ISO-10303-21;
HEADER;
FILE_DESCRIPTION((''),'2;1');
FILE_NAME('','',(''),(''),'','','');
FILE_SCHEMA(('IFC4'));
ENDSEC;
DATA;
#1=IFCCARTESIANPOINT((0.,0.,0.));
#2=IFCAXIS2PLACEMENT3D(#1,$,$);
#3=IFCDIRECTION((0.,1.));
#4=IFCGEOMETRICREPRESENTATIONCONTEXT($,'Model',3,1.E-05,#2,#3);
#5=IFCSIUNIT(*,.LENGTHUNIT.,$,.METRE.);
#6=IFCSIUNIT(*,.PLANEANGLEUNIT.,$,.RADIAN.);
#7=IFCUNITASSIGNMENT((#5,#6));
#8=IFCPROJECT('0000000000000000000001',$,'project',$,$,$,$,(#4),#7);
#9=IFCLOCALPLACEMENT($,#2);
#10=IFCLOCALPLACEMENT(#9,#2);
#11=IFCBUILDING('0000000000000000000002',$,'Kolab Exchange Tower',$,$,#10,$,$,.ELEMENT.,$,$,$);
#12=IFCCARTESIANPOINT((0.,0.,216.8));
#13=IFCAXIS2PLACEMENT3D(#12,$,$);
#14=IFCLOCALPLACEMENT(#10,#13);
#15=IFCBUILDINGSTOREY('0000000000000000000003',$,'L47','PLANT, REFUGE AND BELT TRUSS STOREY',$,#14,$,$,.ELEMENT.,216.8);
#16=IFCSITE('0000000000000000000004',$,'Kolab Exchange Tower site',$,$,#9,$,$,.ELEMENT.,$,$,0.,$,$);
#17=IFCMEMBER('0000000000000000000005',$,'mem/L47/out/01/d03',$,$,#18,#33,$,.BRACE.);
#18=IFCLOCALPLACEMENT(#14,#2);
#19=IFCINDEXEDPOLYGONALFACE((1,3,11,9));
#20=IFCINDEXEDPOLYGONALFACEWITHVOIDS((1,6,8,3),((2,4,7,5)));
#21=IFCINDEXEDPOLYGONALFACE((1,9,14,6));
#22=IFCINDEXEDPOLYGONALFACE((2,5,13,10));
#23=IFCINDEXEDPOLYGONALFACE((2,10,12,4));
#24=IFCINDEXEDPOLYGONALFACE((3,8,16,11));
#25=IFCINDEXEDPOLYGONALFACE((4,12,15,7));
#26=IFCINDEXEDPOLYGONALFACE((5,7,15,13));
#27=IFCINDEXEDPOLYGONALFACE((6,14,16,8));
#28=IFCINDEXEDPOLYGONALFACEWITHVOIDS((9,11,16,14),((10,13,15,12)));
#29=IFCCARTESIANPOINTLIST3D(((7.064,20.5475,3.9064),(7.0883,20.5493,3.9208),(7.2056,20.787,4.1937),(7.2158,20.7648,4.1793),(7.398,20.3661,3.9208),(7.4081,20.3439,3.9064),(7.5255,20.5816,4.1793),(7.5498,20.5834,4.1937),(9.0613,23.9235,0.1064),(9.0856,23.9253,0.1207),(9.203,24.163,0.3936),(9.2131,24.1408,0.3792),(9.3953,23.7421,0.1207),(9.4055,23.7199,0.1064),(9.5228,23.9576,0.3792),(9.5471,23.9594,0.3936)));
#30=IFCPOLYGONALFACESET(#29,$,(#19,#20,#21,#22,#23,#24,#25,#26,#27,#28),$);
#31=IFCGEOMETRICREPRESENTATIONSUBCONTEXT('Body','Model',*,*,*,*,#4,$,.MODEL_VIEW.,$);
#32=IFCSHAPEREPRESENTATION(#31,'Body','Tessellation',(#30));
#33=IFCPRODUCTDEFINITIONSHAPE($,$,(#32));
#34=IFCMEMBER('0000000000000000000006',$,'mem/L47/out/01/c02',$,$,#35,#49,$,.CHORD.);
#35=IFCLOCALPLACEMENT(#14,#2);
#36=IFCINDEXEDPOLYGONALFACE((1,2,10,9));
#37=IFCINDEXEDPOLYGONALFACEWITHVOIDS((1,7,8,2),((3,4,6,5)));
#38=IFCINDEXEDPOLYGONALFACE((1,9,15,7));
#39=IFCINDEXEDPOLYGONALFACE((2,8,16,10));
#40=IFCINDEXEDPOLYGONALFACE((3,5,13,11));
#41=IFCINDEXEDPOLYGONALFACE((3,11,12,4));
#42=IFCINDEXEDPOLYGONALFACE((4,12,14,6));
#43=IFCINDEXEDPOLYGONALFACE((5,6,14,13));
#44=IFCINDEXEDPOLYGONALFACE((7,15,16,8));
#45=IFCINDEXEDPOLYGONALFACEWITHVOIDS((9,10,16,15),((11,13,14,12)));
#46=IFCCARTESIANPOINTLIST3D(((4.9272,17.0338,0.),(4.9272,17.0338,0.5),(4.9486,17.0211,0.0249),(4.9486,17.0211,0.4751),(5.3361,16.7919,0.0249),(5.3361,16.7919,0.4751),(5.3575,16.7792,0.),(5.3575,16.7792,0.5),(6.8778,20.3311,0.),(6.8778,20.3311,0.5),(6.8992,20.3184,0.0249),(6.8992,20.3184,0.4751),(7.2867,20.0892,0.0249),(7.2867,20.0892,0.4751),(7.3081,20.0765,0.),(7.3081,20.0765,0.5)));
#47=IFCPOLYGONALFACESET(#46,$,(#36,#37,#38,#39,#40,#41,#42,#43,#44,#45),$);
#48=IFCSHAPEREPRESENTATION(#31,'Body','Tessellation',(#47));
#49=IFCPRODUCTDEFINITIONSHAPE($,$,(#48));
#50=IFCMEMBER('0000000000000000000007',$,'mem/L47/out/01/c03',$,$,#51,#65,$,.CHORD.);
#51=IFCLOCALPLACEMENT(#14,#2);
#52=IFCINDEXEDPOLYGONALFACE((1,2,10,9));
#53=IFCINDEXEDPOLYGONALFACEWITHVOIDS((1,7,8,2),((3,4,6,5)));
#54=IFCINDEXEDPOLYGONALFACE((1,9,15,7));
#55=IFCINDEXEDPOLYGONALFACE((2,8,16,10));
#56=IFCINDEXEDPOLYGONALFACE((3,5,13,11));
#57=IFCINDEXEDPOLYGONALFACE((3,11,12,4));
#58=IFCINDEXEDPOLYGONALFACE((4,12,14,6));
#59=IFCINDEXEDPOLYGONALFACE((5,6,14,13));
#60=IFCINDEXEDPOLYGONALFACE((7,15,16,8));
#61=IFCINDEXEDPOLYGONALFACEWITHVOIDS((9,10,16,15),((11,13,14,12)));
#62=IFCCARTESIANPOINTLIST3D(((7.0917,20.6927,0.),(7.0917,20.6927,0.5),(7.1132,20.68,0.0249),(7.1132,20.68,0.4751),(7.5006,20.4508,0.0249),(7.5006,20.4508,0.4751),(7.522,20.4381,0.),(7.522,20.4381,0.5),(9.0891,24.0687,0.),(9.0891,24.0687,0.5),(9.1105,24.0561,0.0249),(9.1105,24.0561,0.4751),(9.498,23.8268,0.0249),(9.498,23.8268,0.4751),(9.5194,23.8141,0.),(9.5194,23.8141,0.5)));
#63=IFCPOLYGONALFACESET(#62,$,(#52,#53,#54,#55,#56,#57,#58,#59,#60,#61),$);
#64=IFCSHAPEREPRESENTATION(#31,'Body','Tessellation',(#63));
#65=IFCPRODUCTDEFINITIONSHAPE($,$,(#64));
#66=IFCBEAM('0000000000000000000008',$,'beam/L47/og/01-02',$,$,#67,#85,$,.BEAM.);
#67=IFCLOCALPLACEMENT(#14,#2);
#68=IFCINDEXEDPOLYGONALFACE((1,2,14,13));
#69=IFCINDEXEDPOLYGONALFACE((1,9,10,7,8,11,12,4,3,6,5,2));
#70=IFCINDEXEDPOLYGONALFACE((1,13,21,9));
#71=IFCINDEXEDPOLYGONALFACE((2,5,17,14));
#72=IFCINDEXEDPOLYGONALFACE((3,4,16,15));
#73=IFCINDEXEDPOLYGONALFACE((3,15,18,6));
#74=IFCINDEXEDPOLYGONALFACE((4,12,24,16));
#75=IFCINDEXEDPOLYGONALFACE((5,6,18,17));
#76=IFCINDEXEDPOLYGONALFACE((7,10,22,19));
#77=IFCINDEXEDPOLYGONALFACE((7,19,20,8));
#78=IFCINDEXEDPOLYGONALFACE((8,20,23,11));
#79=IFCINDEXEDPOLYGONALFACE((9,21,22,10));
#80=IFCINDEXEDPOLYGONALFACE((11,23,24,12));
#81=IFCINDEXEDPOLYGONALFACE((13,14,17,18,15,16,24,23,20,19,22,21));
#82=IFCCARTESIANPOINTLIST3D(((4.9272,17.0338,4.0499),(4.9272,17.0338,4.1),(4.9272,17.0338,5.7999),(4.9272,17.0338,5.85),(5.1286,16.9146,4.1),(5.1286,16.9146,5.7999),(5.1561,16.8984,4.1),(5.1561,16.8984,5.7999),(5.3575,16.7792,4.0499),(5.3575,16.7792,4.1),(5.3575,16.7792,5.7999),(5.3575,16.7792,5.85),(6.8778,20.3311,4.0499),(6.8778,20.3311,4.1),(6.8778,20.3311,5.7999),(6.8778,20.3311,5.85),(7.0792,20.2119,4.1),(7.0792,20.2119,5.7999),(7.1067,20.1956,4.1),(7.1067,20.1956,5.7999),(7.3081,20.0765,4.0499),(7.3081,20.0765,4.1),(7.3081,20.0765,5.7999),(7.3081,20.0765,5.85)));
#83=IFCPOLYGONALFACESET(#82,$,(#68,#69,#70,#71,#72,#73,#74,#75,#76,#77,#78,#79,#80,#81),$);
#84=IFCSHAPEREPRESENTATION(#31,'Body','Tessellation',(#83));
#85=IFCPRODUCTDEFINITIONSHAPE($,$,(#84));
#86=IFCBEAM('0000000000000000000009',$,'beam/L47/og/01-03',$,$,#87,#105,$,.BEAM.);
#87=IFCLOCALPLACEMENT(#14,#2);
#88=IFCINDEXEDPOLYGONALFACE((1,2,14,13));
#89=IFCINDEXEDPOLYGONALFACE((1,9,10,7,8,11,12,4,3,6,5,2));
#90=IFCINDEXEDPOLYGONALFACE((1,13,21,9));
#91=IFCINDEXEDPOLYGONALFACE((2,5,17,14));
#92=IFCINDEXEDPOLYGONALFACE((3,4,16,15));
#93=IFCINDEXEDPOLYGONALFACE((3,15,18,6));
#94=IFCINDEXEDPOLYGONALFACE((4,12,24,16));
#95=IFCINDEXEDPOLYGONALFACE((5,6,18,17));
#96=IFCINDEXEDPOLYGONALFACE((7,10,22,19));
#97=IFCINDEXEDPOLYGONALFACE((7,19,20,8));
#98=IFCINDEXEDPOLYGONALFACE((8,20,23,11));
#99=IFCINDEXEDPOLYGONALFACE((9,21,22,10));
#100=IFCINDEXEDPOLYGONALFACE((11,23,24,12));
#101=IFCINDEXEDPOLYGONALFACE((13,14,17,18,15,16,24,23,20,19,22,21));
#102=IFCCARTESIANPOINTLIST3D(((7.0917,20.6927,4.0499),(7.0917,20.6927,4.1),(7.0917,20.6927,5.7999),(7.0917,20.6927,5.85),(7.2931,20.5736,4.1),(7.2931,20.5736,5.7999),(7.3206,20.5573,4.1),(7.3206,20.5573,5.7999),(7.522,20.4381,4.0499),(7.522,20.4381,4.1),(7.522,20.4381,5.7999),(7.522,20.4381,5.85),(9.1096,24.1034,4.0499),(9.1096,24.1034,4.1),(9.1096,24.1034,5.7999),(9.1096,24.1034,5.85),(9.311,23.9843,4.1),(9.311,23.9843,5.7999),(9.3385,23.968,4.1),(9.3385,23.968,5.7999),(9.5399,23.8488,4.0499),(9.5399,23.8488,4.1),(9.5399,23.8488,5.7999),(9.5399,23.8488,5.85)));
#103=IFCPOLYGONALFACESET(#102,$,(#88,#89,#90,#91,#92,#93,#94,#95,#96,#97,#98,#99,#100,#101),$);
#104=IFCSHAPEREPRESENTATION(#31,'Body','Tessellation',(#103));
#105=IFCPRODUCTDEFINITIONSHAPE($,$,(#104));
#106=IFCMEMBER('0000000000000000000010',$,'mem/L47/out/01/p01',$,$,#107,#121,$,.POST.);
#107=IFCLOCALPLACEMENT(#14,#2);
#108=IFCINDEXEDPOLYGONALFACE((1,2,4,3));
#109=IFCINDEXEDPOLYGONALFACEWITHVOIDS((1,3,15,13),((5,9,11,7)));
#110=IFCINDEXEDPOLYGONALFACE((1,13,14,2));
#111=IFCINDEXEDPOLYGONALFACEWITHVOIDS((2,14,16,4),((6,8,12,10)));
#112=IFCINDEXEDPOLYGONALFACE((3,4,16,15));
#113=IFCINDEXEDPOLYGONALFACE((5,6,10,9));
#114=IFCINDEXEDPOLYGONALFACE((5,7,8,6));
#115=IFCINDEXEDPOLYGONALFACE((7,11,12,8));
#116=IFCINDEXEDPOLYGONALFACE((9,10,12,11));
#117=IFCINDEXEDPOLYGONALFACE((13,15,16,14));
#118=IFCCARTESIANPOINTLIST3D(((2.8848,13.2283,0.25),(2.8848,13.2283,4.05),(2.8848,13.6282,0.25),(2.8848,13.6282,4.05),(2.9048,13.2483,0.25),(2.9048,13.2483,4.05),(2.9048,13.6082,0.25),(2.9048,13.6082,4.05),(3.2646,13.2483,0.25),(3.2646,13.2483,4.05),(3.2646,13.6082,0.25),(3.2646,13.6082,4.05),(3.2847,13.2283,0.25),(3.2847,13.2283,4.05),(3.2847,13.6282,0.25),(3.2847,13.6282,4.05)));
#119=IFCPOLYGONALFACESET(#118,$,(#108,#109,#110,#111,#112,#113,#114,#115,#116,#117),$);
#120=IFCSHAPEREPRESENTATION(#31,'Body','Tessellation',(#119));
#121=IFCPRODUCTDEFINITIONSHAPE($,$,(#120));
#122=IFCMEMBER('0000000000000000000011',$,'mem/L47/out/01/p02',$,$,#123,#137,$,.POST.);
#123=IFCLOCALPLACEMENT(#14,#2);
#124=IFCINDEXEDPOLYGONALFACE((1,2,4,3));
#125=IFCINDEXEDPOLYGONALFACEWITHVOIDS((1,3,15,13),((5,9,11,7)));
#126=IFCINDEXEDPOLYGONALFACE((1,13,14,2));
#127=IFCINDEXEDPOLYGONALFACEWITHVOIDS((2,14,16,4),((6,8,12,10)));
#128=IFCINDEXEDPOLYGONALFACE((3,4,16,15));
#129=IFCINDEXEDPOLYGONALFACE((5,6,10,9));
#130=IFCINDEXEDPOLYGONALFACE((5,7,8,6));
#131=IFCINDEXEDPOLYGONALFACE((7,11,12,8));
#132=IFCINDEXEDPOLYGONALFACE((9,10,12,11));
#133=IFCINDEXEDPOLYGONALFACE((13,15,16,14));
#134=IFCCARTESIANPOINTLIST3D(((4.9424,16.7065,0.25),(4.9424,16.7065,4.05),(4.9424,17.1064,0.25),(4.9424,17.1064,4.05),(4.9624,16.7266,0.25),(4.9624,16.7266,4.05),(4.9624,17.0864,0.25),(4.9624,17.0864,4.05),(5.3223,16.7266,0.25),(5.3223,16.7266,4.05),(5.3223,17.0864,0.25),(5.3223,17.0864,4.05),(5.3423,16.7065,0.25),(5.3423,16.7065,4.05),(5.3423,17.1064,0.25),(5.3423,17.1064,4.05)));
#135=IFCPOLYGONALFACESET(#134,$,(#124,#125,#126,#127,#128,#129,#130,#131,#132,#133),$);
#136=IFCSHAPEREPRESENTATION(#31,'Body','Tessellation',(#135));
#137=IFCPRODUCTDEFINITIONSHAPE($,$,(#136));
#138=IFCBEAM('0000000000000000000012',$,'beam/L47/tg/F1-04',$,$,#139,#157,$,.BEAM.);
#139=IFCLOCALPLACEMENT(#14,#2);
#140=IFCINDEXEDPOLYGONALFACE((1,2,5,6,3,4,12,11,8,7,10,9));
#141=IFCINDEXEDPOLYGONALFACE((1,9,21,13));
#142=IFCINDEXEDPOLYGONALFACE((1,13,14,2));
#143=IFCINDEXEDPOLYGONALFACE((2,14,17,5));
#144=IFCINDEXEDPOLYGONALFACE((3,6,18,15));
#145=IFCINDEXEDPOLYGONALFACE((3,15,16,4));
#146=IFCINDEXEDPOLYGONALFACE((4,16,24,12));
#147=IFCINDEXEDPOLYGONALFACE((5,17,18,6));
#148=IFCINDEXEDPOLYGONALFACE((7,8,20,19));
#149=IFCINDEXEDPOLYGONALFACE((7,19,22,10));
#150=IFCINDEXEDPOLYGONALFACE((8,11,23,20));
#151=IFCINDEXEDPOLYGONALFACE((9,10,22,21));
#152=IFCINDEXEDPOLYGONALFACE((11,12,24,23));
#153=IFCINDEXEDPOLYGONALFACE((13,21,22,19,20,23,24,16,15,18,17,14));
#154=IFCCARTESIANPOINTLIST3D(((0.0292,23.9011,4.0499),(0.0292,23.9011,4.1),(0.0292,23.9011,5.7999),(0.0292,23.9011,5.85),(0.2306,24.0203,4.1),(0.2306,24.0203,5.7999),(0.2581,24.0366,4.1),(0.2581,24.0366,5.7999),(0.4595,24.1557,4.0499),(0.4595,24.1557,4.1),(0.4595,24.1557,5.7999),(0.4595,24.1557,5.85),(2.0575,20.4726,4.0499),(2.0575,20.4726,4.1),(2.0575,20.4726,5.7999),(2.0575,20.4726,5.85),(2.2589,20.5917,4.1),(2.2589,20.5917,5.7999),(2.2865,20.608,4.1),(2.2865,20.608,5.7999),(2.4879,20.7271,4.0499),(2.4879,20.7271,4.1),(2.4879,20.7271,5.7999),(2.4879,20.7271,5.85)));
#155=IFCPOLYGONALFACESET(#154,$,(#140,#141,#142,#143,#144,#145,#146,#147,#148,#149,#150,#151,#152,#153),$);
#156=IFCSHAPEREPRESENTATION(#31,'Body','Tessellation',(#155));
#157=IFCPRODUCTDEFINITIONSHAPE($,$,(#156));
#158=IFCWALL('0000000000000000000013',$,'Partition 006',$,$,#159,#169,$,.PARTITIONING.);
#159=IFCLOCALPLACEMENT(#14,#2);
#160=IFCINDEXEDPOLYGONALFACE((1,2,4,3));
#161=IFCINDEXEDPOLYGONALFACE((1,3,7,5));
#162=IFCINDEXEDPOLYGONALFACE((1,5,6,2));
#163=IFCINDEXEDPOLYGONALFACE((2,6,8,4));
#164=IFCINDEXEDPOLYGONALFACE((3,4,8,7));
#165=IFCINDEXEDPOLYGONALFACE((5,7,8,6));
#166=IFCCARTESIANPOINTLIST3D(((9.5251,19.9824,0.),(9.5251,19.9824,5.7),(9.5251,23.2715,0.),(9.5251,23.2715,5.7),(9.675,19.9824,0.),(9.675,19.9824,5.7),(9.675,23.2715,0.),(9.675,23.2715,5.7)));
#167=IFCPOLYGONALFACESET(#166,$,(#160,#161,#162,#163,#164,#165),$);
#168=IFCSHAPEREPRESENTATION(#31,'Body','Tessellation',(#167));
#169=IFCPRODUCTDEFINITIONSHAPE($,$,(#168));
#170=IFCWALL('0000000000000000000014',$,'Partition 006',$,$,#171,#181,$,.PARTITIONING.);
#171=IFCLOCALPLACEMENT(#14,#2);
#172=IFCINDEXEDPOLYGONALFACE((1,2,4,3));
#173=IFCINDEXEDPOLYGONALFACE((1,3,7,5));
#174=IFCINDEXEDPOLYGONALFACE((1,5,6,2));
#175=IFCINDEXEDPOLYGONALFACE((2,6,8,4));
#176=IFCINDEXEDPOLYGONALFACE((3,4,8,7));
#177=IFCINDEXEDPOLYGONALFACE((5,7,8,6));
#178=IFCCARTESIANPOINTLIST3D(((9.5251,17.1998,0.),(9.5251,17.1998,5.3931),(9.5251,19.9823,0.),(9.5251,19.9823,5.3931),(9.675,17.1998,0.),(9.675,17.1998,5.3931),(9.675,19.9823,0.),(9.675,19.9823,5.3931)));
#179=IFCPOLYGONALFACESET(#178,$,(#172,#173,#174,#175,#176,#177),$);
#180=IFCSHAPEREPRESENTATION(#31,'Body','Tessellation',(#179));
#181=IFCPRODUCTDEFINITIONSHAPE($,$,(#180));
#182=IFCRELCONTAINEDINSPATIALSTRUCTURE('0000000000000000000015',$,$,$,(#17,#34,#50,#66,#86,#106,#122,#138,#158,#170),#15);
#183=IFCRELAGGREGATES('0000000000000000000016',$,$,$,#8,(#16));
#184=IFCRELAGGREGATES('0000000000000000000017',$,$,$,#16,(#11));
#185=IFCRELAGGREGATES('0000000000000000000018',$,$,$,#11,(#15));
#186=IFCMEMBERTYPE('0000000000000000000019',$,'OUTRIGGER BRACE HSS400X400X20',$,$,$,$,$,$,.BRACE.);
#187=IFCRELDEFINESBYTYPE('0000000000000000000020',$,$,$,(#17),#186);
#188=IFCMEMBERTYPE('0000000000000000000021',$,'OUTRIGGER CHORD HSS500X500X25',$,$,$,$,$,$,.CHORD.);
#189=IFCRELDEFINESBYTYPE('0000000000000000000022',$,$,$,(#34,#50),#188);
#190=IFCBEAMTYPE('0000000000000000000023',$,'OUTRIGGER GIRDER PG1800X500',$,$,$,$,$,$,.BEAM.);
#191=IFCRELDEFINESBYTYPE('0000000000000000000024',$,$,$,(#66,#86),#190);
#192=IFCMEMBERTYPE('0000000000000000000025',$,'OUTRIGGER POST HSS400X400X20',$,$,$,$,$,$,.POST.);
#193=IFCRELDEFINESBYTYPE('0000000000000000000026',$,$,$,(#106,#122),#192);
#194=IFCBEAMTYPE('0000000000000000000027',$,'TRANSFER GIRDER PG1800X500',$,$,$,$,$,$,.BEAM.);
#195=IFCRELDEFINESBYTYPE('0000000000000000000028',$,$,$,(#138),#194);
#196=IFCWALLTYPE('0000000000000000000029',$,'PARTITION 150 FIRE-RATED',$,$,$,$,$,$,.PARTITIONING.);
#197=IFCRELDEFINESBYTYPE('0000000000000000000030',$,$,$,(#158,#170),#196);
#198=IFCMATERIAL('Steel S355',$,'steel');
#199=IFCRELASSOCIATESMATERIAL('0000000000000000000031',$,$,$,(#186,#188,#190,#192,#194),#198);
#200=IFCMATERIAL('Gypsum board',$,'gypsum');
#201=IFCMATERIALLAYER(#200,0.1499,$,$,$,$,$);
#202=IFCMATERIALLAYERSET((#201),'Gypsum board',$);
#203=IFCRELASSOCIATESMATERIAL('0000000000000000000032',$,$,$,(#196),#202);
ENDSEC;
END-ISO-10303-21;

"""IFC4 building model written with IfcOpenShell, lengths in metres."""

from ifc_helpers import new_model, si_unit, direction, frame, frame_2d, origin, origin_2d, place, context, subcontext, project, spatial, rectangle, hollow_rectangle, i_section, extrude, material, layer, layer_set, material_profile, profile_set, type_object, element, save


model = new_model("IFC4")

# Units and contexts
model_context = context("Model", 3, precision=1e-05, world=origin(), true_north=direction((0.0, 1.0)))
body_context = subcontext(model_context, "Body", "Model", "MODEL_VIEW")
ifc_project = project(units=[si_unit("LENGTHUNIT", "METRE"), si_unit("PLANEANGLEUNIT", "RADIAN")], contexts=[model_context])

# Site, building, storey
site_placement = place(None, origin())
site = spatial("IfcSite", under=ifc_project, at=site_placement, Name="Kolab Exchange Tower site", CompositionType="ELEMENT", RefElevation=0.0)
building_placement = place(site_placement, origin())
building = spatial("IfcBuilding", under=site, at=building_placement, Name="Kolab Exchange Tower", CompositionType="ELEMENT")
storey_placement = place(building_placement, frame((0.0, 0.0, 216.8)))
storey = spatial("IfcBuildingStorey", under=building, at=storey_placement, Name="L47", Description="PLANT, REFUGE AND BELT TRUSS STOREY", CompositionType="ELEMENT", Elevation=216.8)

# Shared definitions
ifc_material_1 = material(Name="Steel S355", Category="steel")

# Members
ifc_material_profile_1 = material_profile(ifc_material_1, hollow_rectangle(XDim=0.3999, YDim=0.3999, WallThickness=0.02, at=origin_2d()), Name="HSS400X400X20")
ifc_profile_set_1 = profile_set([ifc_material_profile_1], Name="Steel S355")
member_type_1 = type_object("IfcMemberType", Name="OUTRIGGER BRACE HSS400X400X20", PredefinedType="BRACE", material=ifc_profile_set_1)
member_1_placement = place(storey_placement, frame((7.3069, 20.5654, 4.05), z_axis=(0.365715, 0.618153, -0.695802), x_axis=(-0.860656, 0.509186, 0.0)))
element("IfcMember", 1, at=member_1_placement, inside=storey, type_object=member_type_1, Name="mem/L47/out/01/d03", PredefinedType="BRACE", context=body_context, shape_type="SweptSolid", body=[
    extrude(hollow_rectangle(XDim=0.3999, YDim=0.3999, WallThickness=0.02, at=origin_2d()), origin(), (0.0, 0.0, 1.0), 5.4614),
])
ifc_material_profile_2 = material_profile(ifc_material_1, hollow_rectangle(XDim=0.5, YDim=0.5, WallThickness=0.0249, at=origin_2d()), Name="HSS500X500X25")
ifc_profile_set_2 = profile_set([ifc_material_profile_2], Name="Steel S355")
member_type_2 = type_object("IfcMemberType", Name="OUTRIGGER CHORD HSS500X500X25", PredefinedType="CHORD", material=ifc_profile_set_2)
member_2_placement = place(storey_placement, frame((5.1423, 16.9065, 0.25), z_axis=(0.509163, 0.86067, 0.0), x_axis=(-0.86067, 0.509163, 0.0)))
element("IfcMember", 2, at=member_2_placement, inside=storey, type_object=member_type_2, Name="mem/L47/out/01/c02", PredefinedType="CHORD", context=body_context, shape_type="SweptSolid", body=[
    extrude(hollow_rectangle(XDim=0.5, YDim=0.5, WallThickness=0.0249, at=origin_2d()), origin(), (0.0, 0.0, 1.0), 3.8311),
])
member_3_placement = place(storey_placement, frame((7.3069, 20.5654, 0.25), z_axis=(0.509186, 0.860656, 0.0), x_axis=(-0.860656, 0.509186, 0.0)))
element("IfcMember", 3, at=member_3_placement, inside=storey, type_object=member_type_2, Name="mem/L47/out/01/c03", PredefinedType="CHORD", context=body_context, shape_type="SweptSolid", body=[
    extrude(hollow_rectangle(XDim=0.5, YDim=0.5, WallThickness=0.0249, at=origin_2d()), origin(), (0.0, 0.0, 1.0), 3.9226),
])

# Beams
ifc_material_profile_3 = material_profile(ifc_material_1, i_section(OverallWidth=0.5, OverallDepth=1.8, WebThickness=0.032, FlangeThickness=0.05, at=origin_2d()), Name="PG1800X500")
ifc_profile_set_3 = profile_set([ifc_material_profile_3], Name="Steel S355")
beam_type_1 = type_object("IfcBeamType", Name="OUTRIGGER GIRDER PG1800X500", PredefinedType="BEAM", material=ifc_profile_set_3)
beam_1_placement = place(storey_placement, frame((5.1423, 16.9065, 4.95), z_axis=(0.509163, 0.86067, 0.0), x_axis=(-0.86067, 0.509163, 0.0)))
element("IfcBeam", 4, at=beam_1_placement, inside=storey, type_object=beam_type_1, Name="beam/L47/og/01-02", PredefinedType="BEAM", context=body_context, shape_type="SweptSolid", body=[
    extrude(i_section(OverallWidth=0.5, OverallDepth=1.8, WebThickness=0.032, FlangeThickness=0.05, at=origin_2d()), origin(), (0.0, 0.0, 1.0), 3.8311),
])
beam_2_placement = place(storey_placement, frame((7.3069, 20.5654, 4.95), z_axis=(0.509186, 0.860657, 0.0), x_axis=(-0.860657, 0.509186, 0.0)))
element("IfcBeam", 5, at=beam_2_placement, inside=storey, type_object=beam_type_1, Name="beam/L47/og/01-03", PredefinedType="BEAM", context=body_context, shape_type="SweptSolid", body=[
    extrude(i_section(OverallWidth=0.5, OverallDepth=1.8, WebThickness=0.032, FlangeThickness=0.05, at=origin_2d()), origin(), (0.0, 0.0, 1.0), 3.9629),
])

# Members
ifc_material_profile_4 = material_profile(ifc_material_1, hollow_rectangle(XDim=0.3999, YDim=0.3999, WallThickness=0.02, at=origin_2d()), Name="HSS400X400X20")
ifc_profile_set_4 = profile_set([ifc_material_profile_4], Name="Steel S355")
member_type_3 = type_object("IfcMemberType", Name="OUTRIGGER POST HSS400X400X20", PredefinedType="POST", material=ifc_profile_set_4)
for number, where, z_axis, x_axis, name in (
    (6, (3.0847, 13.4282, 0.25), (0.0, 0.0, 1.0), (1.0, 0.0, 0.0), "mem/L47/out/01/p01"),
    (7, (5.1423, 16.9065, 0.25), (0.0, 0.0, 1.0), (1.0, 0.0, 0.0), "mem/L47/out/01/p02"),
):
    element("IfcMember", number, at=place(storey_placement, frame(where, z_axis=z_axis, x_axis=x_axis)), inside=storey, type_object=member_type_3, Name=name, PredefinedType="POST", context=body_context, shape_type="SweptSolid", body=[
        extrude(hollow_rectangle(XDim=0.3999, YDim=0.3999, WallThickness=0.02, at=origin_2d()), origin(), (0.0, 0.0, 1.0), 3.8),
    ])

# Beam
ifc_material_profile_5 = material_profile(ifc_material_1, i_section(OverallWidth=0.5, OverallDepth=1.8, WebThickness=0.032, FlangeThickness=0.05, at=origin_2d()), Name="PG1800X500")
ifc_profile_set_5 = profile_set([ifc_material_profile_5], Name="Steel S355")
beam_type_2 = type_object("IfcBeamType", Name="TRANSFER GIRDER PG1800X500", PredefinedType="BEAM", material=ifc_profile_set_5)
beam_3_placement = place(storey_placement, frame((2.2727, 20.5999, 4.95), z_axis=(-0.509177, 0.860662, 0.0), x_axis=(-0.860662, -0.509177, 0.0)))
element("IfcBeam", 8, at=beam_3_placement, inside=storey, type_object=beam_type_2, Name="beam/L47/tg/F1-04", PredefinedType="BEAM", context=body_context, shape_type="SweptSolid", body=[
    extrude(i_section(OverallWidth=0.5, OverallDepth=1.8, WebThickness=0.032, FlangeThickness=0.05, at=origin_2d()), origin(), (0.0, 0.0, 1.0), 3.9836),
])

# Walls
ifc_material_2 = material(Name="Gypsum board", Category="gypsum")
ifc_layer = layer(ifc_material_2, 0.1499)
ifc_layer_set = layer_set([ifc_layer], Name="Gypsum board")
wall_type = type_object("IfcWallType", Name="PARTITION 150 FIRE-RATED", PredefinedType="PARTITIONING", material=ifc_layer_set)
wall_1_placement = place(storey_placement, frame((9.6001, 19.9824, 0.0), z_axis=(0.0, 0.0, 1.0), x_axis=(0.0, 1.0, 0.0)))
element("IfcWall", 9, at=wall_1_placement, inside=storey, type_object=wall_type, Name="Partition 006", PredefinedType="PARTITIONING", context=body_context, shape_type="SweptSolid", body=[
    extrude(rectangle(XDim=3.2891, YDim=0.1499, at=frame_2d((1.6445, 0.0))), origin(), (0.0, 0.0, 1.0), 5.7),
])
wall_2_placement = place(storey_placement, frame((9.6001, 17.2, 0.0), z_axis=(0.0, 0.0, 1.0), x_axis=(0.0, 1.0, 0.0)))
element("IfcWall", 10, at=wall_2_placement, inside=storey, type_object=wall_type, Name="Partition 006", PredefinedType="PARTITIONING", context=body_context, shape_type="SweptSolid", body=[
    extrude(rectangle(XDim=2.7825, YDim=0.1499, at=frame_2d((1.3911, 0.0))), origin(), (0.0, 0.0, 1.0), 5.3931),
])

save(model, "model.ifc")
